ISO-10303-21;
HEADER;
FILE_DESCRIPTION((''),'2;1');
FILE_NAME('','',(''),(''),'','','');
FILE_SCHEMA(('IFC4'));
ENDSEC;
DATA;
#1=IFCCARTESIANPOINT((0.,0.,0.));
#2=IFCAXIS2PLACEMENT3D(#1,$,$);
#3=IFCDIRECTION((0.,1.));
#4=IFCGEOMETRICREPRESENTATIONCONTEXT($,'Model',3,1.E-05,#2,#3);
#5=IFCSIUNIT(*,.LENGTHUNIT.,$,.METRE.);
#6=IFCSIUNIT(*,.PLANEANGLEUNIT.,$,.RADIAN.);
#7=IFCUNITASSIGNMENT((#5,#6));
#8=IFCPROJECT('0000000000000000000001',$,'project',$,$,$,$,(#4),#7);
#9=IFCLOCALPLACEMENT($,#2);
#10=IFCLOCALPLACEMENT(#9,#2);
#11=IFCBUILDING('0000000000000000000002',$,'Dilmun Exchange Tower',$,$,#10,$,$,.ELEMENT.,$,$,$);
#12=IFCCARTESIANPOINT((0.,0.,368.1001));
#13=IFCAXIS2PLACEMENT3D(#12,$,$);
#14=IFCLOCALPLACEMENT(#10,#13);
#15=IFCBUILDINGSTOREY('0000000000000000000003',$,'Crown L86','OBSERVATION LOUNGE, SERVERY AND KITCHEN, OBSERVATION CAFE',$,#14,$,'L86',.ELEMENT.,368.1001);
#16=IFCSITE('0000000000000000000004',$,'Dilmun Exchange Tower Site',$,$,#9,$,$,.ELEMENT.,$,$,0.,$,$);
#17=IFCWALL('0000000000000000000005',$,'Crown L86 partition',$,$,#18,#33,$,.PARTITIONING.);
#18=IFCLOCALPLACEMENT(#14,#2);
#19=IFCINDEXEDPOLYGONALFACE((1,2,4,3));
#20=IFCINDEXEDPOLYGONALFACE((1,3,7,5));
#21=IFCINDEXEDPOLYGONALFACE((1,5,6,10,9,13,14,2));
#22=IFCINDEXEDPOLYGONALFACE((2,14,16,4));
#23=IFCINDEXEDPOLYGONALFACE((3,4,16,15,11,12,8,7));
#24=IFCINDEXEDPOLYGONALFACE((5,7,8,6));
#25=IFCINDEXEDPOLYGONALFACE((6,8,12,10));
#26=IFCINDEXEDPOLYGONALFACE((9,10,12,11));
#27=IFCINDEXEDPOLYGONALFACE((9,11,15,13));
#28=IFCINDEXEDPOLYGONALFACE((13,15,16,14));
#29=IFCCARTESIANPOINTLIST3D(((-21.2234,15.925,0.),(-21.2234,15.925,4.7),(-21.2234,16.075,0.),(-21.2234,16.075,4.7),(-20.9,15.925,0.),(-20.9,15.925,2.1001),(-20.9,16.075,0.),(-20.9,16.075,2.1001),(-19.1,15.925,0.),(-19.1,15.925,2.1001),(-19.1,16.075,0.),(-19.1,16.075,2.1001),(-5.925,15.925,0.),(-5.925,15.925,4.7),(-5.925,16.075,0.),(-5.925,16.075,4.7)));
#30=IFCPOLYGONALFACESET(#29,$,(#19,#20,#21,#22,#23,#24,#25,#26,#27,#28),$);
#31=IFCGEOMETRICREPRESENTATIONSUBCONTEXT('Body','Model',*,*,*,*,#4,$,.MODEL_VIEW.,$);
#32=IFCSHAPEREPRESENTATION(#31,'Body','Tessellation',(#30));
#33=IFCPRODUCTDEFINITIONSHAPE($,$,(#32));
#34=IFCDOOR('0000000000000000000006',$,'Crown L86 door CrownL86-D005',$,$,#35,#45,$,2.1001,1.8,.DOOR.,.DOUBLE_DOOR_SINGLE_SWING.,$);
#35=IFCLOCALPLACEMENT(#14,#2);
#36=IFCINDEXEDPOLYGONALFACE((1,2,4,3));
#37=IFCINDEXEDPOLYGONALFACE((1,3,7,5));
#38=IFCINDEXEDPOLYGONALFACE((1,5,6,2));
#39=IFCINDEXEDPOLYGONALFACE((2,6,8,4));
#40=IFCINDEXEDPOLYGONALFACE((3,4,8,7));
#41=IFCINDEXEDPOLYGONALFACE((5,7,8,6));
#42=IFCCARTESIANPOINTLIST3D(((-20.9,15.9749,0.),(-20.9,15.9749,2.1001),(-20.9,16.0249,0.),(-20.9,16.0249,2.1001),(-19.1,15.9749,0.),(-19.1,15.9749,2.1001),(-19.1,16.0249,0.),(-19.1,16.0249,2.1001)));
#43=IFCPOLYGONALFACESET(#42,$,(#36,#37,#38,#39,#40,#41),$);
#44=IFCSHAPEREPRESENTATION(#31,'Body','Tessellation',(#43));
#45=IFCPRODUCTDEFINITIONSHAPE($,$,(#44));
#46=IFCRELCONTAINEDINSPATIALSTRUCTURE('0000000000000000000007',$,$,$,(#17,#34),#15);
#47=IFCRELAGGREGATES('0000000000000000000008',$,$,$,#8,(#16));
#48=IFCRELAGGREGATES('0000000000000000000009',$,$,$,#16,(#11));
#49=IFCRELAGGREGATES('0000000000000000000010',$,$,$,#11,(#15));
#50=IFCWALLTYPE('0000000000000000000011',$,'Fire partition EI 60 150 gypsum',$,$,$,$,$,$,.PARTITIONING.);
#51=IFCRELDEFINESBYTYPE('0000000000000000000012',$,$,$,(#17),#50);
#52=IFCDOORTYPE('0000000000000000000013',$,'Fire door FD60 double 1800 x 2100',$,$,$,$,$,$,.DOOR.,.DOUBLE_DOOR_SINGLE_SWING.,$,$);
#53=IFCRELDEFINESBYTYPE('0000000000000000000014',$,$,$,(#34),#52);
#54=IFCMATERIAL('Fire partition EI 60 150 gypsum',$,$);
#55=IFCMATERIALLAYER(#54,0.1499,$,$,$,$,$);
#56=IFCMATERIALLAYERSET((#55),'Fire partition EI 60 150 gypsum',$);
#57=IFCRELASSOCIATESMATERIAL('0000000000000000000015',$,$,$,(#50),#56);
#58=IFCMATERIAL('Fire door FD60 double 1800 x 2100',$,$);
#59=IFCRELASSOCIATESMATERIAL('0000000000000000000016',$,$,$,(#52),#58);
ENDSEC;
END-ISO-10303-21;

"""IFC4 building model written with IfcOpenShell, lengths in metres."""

from ifc_helpers import new_model, si_unit, direction, frame, frame_2d, origin, place, context, subcontext, project, spatial, rectangle, extrude, material, layer, layer_set, type_object, element, fill, save


model = new_model("IFC4")

# Units and contexts
model_context = context("Model", 3, precision=1e-05, world=origin(), true_north=direction((0.0, 1.0)))
body_context = subcontext(model_context, "Body", "Model", "MODEL_VIEW")
ifc_project = project(units=[si_unit("LENGTHUNIT", "METRE"), si_unit("PLANEANGLEUNIT", "RADIAN")], contexts=[model_context])

# Site, building, storey
site_placement = place(None, origin())
site = spatial("IfcSite", under=ifc_project, at=site_placement, Name="Dilmun Exchange Tower Site", CompositionType="ELEMENT", RefElevation=0.0)
building_placement = place(site_placement, origin())
building = spatial("IfcBuilding", under=site, at=building_placement, Name="Dilmun Exchange Tower", CompositionType="ELEMENT")
storey_placement = place(building_placement, frame((0.0, 0.0, 368.1001)))
storey = spatial("IfcBuildingStorey", under=building, at=storey_placement, Name="Crown L86", Description="OBSERVATION LOUNGE, SERVERY AND KITCHEN, OBSERVATION CAFE", LongName="L86", CompositionType="ELEMENT", Elevation=368.1001)

# Shared definitions
ifc_material_1 = material(Name="Fire partition EI 60 150 gypsum")
ifc_layer_1 = layer(ifc_material_1, 0.1499)
ifc_layer_set_1 = layer_set([ifc_layer_1], Name="Fire partition EI 60 150 gypsum")
wall_type_1 = type_object("IfcWallType", Name="Fire partition EI 60 150 gypsum", PredefinedType="PARTITIONING", material=ifc_layer_set_1)

# Wall, opening, door
wall_1_placement = place(storey_placement, frame((-21.2234, 16.0, 0.0), z_axis=(0.0, 0.0, 1.0), x_axis=(1.0, 0.0, 0.0)))
wall_1 = element("IfcWall", 1, at=wall_1_placement, inside=storey, type_object=wall_type_1, Name="Crown L86 partition", PredefinedType="PARTITIONING", context=body_context, shape_type="SweptSolid", body=[
    extrude(rectangle(XDim=15.2983, YDim=0.1499, at=frame_2d((7.6492, 0.0))), origin(), (0.0, 0.0, 1.0), 4.7),
])
opening_1_placement = place(wall_1_placement, frame((0.3235, 0.0, 0.0)))
opening_1 = element("IfcOpeningElement", 2, at=opening_1_placement, cuts=wall_1, PredefinedType="OPENING", context=body_context, shape_type="SweptSolid", body=[
    extrude(rectangle(XDim=1.8, YDim=2.1001, at=frame_2d((0.8999, 1.05))), frame((0.0, 0.085, 0.0), z_axis=(0.0, -1.0, 0.0), x_axis=(1.0, 0.0, 0.0)), (0.0, 0.0, 1.0), 0.1699),
])
ifc_material_2 = material(Name="Fire door FD60 double 1800 x 2100")
door_type_1 = type_object("IfcDoorType", Name="Fire door FD60 double 1800 x 2100", OperationType="DOUBLE_DOOR_SINGLE_SWING", PredefinedType="DOOR", material=ifc_material_2)
door_1_placement = place(opening_1_placement, origin())
door_1 = element("IfcDoor", 3, at=door_1_placement, inside=storey, type_object=door_type_1, Name="Crown L86 door CrownL86-D005", OperationType="DOUBLE_DOOR_SINGLE_SWING", OverallHeight=2.1001, OverallWidth=1.8, PredefinedType="DOOR", context=body_context, shape_type="SweptSolid", body=[
    extrude(rectangle(XDim=1.8, YDim=2.1001, at=frame_2d((0.8999, 1.05))), frame((0.0, 0.0249, 0.0), z_axis=(0.0, -1.0, 0.0), x_axis=(1.0, 0.0, 0.0)), (0.0, 0.0, 1.0), 0.05),
])
fill(opening_1, door_1)

save(model, "model.ifc")
